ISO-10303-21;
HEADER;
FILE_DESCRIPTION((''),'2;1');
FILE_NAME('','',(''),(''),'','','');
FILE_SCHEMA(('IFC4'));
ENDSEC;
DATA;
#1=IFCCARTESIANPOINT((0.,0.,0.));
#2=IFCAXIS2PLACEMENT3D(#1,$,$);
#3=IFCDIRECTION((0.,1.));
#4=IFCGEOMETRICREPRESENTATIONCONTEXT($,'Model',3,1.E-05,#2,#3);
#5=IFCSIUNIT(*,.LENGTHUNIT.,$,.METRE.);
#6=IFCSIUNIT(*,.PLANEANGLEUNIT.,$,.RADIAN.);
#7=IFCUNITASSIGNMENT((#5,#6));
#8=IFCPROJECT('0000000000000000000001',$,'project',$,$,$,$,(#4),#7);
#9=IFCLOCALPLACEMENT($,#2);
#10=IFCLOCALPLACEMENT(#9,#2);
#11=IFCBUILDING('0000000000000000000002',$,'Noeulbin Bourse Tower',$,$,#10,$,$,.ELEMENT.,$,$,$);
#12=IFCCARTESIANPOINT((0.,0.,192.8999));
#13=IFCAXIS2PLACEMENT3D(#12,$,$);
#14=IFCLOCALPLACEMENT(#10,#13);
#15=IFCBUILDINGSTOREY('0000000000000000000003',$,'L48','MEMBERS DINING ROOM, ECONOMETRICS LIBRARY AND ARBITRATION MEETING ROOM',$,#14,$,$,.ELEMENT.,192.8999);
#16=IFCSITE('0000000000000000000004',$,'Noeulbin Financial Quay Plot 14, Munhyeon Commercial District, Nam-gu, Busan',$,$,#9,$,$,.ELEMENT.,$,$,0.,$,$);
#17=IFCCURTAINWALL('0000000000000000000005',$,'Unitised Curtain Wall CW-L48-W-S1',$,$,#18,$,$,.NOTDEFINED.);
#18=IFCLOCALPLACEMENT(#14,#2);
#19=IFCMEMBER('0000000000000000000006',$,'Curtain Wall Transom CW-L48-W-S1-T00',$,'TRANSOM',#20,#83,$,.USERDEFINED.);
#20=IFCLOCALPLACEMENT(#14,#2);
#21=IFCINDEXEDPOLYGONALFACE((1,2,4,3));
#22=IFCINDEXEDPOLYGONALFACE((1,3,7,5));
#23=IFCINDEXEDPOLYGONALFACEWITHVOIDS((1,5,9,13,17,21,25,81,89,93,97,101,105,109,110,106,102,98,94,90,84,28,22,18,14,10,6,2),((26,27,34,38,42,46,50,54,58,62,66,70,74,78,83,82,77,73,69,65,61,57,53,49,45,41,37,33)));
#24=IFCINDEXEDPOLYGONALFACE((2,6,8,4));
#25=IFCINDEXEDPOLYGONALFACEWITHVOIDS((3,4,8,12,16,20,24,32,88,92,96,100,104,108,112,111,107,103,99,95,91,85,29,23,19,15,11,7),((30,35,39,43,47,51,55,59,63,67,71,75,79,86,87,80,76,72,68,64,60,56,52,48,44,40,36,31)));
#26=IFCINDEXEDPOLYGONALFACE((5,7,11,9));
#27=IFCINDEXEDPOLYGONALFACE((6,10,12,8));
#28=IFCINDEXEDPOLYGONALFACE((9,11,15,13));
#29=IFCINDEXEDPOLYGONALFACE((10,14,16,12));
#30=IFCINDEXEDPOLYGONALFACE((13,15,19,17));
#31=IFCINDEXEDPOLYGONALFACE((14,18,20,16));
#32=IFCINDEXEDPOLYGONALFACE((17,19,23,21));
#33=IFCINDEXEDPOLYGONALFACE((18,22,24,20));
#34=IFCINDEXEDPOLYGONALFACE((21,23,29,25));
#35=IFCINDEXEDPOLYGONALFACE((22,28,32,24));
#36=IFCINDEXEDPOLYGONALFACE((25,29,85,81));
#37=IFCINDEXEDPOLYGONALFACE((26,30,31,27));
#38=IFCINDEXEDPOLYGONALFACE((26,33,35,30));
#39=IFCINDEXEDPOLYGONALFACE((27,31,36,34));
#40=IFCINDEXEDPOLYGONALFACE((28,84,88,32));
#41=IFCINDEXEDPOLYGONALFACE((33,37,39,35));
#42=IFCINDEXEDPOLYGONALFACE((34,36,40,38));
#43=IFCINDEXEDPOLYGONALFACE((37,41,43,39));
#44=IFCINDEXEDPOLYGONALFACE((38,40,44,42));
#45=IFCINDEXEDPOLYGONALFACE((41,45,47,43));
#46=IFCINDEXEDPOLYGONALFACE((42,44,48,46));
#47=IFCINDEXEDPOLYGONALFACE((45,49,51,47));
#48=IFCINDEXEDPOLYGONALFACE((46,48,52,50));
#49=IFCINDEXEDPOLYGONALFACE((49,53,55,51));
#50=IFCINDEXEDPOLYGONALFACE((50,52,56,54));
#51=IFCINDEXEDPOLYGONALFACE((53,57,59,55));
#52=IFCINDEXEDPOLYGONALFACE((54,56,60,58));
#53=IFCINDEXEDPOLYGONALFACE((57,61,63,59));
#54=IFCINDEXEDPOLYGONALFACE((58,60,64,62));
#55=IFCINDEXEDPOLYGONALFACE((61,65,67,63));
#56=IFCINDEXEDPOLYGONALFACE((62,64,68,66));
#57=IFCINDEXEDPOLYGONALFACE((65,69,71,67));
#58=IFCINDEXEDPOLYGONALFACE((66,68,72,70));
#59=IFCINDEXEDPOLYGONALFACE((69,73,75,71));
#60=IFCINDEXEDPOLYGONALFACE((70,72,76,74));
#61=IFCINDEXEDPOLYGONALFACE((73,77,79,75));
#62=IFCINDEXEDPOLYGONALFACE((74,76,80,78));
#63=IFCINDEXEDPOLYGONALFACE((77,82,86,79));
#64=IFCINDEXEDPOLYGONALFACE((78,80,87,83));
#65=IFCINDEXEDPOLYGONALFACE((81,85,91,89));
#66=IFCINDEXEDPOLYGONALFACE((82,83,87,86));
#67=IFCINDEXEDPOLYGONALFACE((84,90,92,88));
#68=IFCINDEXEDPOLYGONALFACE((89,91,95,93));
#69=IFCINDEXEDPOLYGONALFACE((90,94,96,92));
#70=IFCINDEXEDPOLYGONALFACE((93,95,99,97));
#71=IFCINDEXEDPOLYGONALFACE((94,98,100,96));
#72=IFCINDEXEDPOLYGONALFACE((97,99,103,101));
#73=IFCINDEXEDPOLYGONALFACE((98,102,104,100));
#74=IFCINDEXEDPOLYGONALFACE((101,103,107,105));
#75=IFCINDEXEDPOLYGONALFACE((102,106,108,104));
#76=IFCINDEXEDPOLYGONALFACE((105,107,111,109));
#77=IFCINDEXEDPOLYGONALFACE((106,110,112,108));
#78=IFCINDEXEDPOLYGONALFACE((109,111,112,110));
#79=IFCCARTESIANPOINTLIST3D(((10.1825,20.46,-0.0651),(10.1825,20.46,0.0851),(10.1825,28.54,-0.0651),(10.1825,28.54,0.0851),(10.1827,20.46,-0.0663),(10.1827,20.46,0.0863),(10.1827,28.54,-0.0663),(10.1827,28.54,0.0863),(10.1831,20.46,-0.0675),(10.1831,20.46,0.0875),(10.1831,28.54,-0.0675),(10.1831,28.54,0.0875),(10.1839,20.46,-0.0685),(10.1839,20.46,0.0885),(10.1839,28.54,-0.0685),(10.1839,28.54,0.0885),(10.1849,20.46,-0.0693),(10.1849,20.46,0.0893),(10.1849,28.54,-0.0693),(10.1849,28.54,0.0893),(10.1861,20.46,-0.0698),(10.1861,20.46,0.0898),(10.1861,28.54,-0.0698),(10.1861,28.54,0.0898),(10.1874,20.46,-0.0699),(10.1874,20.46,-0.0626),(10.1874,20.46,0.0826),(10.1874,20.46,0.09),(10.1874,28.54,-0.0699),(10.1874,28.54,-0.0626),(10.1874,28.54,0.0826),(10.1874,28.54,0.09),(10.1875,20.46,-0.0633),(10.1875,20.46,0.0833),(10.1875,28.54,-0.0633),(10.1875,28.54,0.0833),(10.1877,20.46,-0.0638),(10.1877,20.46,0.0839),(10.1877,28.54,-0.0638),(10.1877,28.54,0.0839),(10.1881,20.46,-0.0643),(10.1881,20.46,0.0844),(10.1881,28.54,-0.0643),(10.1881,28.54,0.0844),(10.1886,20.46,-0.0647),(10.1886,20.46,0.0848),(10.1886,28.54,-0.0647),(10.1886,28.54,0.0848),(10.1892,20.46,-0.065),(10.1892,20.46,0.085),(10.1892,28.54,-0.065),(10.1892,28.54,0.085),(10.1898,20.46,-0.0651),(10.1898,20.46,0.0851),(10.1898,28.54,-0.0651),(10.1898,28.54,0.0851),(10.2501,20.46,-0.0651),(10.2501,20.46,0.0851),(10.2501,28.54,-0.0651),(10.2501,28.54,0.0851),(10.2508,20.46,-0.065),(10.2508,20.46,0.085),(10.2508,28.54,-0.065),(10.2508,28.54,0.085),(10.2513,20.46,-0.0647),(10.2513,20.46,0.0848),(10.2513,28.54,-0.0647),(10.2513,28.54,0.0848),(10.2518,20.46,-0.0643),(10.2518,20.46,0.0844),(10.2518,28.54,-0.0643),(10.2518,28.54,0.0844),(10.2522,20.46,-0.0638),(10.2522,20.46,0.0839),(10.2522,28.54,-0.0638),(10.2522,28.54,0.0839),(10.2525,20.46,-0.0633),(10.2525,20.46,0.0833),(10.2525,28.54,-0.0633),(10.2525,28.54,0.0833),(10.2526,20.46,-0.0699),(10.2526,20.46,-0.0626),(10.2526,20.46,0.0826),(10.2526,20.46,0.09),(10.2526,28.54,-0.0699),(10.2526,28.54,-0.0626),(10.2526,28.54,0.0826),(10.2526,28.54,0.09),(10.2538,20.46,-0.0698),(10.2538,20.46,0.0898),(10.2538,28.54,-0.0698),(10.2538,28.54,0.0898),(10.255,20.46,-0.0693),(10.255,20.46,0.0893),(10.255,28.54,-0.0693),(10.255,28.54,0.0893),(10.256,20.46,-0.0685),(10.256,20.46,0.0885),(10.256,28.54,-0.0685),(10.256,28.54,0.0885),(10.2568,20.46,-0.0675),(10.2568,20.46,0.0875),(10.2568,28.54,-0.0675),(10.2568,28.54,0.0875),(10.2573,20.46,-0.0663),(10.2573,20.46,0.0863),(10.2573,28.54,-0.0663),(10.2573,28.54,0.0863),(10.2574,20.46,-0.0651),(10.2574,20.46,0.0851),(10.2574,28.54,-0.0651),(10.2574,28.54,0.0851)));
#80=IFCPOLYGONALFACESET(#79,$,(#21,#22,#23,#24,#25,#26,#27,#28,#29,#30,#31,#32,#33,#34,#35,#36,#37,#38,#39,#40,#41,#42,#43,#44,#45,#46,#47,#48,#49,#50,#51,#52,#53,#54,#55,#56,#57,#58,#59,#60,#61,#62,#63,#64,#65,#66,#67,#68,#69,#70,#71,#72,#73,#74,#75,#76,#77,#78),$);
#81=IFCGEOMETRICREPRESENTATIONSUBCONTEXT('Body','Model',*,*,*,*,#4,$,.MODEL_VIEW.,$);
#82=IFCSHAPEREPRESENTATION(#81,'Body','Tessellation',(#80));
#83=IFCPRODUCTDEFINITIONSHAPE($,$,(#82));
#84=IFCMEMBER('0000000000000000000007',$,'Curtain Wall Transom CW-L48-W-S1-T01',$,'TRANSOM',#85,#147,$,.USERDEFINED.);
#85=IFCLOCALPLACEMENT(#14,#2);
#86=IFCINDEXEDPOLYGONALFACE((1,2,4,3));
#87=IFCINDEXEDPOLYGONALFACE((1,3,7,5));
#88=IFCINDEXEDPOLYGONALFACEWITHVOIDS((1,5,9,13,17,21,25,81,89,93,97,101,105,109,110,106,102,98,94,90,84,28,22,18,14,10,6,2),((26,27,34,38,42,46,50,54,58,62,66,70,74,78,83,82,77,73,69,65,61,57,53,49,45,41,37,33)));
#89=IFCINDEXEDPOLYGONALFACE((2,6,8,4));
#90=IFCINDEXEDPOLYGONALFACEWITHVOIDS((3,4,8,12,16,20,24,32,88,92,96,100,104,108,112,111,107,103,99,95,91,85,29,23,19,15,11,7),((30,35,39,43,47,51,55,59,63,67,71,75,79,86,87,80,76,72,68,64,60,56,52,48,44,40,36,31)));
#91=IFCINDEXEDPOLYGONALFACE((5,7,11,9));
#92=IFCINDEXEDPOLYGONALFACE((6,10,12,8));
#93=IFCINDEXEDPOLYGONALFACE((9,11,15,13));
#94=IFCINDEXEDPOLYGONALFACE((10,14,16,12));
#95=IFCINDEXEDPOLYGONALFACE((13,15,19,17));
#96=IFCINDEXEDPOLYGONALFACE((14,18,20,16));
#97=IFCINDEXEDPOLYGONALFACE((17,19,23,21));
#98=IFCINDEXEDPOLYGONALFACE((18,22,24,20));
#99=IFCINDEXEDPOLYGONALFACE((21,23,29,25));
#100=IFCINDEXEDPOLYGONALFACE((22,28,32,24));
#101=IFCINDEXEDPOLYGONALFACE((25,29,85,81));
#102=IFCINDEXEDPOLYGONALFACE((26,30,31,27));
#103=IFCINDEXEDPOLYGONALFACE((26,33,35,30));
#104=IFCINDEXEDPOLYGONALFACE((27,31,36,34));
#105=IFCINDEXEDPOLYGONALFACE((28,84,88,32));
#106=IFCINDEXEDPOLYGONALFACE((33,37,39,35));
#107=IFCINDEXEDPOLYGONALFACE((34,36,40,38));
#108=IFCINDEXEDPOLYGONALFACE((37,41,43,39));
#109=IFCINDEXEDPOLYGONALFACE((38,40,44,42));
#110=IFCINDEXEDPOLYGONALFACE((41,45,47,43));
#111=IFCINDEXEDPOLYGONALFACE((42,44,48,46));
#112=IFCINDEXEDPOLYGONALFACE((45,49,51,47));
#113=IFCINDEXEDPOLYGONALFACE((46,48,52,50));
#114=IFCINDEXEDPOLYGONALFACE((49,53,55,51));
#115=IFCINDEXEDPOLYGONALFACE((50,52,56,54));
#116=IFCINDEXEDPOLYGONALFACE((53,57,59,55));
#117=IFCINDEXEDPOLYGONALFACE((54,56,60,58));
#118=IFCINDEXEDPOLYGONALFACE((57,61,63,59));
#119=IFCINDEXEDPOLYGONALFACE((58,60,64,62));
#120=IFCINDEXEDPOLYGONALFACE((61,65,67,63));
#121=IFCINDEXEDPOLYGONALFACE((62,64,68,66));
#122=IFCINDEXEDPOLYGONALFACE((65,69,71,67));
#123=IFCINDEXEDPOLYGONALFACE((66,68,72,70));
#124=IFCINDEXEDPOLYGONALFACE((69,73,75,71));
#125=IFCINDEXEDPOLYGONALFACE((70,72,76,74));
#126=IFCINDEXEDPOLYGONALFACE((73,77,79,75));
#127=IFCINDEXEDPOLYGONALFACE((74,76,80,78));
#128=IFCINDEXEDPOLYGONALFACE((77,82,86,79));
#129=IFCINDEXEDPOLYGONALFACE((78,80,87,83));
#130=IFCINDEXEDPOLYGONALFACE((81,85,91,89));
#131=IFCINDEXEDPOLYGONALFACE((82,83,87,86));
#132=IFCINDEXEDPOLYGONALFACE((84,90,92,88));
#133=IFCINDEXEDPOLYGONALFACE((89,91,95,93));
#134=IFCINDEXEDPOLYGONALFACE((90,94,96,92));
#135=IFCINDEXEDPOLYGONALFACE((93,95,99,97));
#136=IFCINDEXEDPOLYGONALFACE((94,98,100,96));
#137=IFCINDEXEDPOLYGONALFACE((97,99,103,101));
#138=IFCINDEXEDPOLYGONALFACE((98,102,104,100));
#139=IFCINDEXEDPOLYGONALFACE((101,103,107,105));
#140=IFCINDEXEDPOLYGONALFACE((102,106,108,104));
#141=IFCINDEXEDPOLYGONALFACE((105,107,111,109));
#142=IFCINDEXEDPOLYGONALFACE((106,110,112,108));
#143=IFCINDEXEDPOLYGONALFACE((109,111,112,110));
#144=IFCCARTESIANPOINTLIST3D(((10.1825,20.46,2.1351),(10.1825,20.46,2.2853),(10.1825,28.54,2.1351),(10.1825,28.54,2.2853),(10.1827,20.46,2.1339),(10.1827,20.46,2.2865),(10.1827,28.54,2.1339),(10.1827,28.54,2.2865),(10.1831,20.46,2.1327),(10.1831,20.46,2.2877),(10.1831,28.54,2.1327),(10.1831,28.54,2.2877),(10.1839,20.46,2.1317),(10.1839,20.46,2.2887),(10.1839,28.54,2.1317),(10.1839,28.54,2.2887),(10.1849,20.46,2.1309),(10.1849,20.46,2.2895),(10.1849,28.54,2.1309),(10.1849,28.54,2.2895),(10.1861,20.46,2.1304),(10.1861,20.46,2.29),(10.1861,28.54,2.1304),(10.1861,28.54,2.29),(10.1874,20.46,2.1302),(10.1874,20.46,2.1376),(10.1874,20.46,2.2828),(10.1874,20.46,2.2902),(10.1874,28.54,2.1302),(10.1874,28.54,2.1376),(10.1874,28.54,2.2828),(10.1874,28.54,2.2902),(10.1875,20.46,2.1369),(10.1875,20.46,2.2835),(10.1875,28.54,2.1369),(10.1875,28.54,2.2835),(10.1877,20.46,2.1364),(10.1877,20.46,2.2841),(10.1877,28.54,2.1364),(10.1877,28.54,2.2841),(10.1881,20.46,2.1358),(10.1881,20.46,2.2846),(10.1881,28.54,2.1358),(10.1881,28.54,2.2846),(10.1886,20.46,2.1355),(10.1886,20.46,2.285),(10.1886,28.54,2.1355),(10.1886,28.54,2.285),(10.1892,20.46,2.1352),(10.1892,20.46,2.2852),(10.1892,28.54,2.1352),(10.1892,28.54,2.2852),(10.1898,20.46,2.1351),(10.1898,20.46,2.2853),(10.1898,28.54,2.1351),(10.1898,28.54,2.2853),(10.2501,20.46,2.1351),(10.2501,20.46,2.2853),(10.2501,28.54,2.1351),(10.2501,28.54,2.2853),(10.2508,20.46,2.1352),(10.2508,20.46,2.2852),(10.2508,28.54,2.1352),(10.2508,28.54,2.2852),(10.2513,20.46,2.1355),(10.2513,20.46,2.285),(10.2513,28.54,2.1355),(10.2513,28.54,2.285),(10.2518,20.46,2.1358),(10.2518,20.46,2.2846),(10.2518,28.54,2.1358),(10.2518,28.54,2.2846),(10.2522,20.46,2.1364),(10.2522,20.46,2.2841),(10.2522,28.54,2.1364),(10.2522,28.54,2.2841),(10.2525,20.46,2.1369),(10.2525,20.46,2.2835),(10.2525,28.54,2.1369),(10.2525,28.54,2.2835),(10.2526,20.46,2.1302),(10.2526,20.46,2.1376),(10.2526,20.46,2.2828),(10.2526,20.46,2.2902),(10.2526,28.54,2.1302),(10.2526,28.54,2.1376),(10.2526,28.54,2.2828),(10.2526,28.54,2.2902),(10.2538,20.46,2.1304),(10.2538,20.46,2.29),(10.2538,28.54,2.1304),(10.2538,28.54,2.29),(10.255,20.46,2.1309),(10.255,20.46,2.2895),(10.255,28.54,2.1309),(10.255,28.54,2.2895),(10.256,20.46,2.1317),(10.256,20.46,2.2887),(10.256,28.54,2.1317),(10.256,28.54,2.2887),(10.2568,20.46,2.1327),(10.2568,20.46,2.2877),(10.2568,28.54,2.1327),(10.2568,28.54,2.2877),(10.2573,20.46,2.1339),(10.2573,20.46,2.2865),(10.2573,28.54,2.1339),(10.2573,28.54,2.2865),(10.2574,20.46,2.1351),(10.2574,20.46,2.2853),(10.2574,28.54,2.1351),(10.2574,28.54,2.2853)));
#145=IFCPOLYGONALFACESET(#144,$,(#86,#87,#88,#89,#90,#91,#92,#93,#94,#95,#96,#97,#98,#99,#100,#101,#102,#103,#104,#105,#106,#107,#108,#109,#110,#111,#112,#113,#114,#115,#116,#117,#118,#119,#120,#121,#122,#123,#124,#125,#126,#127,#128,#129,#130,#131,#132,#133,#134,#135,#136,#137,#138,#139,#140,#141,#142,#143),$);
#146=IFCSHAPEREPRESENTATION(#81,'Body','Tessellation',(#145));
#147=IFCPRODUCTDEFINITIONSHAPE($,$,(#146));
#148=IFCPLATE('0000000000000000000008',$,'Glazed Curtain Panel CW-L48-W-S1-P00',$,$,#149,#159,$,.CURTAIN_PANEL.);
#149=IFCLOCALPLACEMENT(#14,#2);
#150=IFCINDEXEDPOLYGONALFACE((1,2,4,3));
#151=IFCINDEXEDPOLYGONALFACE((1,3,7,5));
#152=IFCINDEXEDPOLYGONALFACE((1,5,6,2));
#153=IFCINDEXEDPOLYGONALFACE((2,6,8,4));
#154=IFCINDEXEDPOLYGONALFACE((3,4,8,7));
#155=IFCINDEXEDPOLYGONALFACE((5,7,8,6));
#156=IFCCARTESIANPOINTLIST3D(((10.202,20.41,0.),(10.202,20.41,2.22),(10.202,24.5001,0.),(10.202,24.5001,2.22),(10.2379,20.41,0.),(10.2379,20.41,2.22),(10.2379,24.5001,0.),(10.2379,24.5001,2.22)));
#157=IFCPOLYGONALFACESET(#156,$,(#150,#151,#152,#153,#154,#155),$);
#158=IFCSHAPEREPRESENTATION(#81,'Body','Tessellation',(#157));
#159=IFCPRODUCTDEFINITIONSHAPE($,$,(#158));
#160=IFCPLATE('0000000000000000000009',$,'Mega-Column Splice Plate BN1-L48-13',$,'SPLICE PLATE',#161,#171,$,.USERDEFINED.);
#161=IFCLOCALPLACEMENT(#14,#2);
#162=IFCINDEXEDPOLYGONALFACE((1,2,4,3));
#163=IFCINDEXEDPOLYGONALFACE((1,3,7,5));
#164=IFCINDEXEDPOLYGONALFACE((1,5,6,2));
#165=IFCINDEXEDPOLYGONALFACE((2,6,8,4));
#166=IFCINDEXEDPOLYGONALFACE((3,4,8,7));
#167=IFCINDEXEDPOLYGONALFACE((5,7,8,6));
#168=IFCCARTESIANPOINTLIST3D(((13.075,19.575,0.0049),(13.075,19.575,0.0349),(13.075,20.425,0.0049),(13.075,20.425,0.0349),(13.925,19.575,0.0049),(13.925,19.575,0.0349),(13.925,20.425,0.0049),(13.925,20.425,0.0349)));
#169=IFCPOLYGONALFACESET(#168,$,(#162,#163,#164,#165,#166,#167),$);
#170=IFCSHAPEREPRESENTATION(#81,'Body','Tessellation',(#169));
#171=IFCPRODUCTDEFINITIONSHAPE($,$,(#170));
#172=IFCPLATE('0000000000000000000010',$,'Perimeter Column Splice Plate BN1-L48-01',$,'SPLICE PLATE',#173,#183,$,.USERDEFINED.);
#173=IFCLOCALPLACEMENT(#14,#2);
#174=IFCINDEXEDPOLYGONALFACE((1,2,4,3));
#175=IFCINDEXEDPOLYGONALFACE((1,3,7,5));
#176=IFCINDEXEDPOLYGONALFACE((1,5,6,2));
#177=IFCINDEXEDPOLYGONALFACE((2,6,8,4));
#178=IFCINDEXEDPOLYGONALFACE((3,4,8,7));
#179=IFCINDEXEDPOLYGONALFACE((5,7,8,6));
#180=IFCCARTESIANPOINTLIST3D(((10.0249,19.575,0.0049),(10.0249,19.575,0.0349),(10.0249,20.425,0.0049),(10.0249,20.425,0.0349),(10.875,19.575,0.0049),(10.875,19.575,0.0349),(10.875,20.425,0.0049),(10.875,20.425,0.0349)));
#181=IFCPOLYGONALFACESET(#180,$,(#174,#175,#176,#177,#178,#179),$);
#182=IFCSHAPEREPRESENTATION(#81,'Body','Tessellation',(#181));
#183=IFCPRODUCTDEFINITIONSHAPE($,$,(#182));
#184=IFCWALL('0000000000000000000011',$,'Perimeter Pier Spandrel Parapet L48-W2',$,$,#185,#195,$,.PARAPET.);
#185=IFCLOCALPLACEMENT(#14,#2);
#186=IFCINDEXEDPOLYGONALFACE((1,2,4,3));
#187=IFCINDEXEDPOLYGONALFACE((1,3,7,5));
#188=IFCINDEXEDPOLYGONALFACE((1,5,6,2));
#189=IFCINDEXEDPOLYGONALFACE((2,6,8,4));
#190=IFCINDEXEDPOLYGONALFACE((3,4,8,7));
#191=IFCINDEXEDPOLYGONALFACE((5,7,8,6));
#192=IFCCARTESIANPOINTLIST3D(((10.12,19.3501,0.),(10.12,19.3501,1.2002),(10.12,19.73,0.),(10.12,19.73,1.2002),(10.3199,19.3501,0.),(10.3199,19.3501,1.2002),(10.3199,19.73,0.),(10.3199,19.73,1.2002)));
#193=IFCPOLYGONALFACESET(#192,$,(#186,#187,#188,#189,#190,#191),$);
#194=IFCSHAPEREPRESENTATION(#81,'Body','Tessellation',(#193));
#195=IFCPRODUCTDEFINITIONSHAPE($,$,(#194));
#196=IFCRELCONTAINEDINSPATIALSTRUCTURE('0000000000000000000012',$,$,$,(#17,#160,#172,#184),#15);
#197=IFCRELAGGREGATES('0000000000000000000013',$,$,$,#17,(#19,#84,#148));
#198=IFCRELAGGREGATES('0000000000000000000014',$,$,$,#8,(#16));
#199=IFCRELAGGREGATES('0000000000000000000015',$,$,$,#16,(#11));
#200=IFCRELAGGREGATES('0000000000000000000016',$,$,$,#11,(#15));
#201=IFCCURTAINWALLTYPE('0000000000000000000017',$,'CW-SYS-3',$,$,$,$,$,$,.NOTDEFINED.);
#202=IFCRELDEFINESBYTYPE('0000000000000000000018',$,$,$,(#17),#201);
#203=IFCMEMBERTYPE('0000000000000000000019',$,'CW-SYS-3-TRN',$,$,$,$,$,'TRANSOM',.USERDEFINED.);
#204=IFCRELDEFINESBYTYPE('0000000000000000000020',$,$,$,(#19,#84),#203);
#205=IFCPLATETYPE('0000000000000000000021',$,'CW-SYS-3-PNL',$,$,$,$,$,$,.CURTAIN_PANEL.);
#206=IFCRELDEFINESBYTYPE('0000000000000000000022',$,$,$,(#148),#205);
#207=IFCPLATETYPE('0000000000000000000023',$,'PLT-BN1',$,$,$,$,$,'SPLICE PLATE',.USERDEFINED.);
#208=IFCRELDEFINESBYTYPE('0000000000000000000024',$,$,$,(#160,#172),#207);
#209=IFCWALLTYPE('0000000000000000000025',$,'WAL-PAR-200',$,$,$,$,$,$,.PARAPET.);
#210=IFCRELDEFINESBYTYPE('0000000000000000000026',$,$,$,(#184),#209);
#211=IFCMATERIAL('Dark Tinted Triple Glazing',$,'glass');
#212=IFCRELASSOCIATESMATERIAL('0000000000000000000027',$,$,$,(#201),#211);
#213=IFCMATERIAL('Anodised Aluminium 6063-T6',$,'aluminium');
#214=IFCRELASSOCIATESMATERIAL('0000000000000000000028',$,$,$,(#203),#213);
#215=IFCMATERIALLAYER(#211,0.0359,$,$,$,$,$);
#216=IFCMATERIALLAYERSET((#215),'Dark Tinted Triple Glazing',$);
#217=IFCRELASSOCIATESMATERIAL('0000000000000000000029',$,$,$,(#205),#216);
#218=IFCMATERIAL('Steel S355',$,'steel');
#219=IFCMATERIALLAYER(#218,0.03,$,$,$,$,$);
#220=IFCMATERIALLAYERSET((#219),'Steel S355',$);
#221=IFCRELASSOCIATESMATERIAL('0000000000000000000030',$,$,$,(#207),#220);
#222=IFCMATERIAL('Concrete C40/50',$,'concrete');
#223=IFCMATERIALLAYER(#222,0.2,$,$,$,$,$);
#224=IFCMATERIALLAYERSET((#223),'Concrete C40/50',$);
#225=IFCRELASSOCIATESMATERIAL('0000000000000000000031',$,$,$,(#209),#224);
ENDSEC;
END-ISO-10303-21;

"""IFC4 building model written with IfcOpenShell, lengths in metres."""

from ifc_helpers import new_model, si_unit, direction, frame, frame_2d, origin, origin_2d, place, context, subcontext, project, spatial, rectangle, hollow_rectangle, extrude, material, layer, layer_set, material_profile, profile_set, type_object, element, aggregate, save


model = new_model("IFC4")

# Units and contexts
model_context = context("Model", 3, precision=1e-05, world=origin(), true_north=direction((0.0, 1.0)))
body_context = subcontext(model_context, "Body", "Model", "MODEL_VIEW")
ifc_project = project(units=[si_unit("LENGTHUNIT", "METRE"), si_unit("PLANEANGLEUNIT", "RADIAN")], contexts=[model_context])

# Site, building, storey
site_placement = place(None, origin())
site = spatial("IfcSite", under=ifc_project, at=site_placement, Name="Noeulbin Financial Quay Plot 14, Munhyeon Commercial District, Nam-gu, Busan", CompositionType="ELEMENT", RefElevation=0.0)
building_placement = place(site_placement, origin())
building = spatial("IfcBuilding", under=site, at=building_placement, Name="Noeulbin Bourse Tower", CompositionType="ELEMENT")
storey_placement = place(building_placement, frame((0.0, 0.0, 192.8999)))
storey = spatial("IfcBuildingStorey", under=building, at=storey_placement, Name="L48", Description="MEMBERS DINING ROOM, ECONOMETRICS LIBRARY AND ARBITRATION MEETING ROOM", CompositionType="ELEMENT", Elevation=192.8999)

# Shared definitions
ifc_material_1 = material(Name="Steel S355", Category="steel")

# Curtain wall, members, plate
ifc_material_2 = material(Name="Dark Tinted Triple Glazing", Category="glass")
curtain_wall_type = type_object("IfcCurtainWallType", Name="CW-SYS-3", PredefinedType="NOTDEFINED", material=ifc_material_2)
curtain_wall_placement = place(storey_placement, origin())
curtain_wall = element("IfcCurtainWall", 1, at=curtain_wall_placement, inside=storey, type_object=curtain_wall_type, Name="Unitised Curtain Wall CW-L48-W-S1", PredefinedType="NOTDEFINED")
ifc_material_3 = material(Name="Anodised Aluminium 6063-T6", Category="aluminium")
ifc_material_profile_1 = material_profile(ifc_material_3, hollow_rectangle(XDim=0.075, YDim=0.1599, WallThickness=0.0049, InnerFilletRadius=0.0024, OuterFilletRadius=0.0049, at=origin_2d()), Name="ALU-TRAN-75x160x5", Category="LoadBearing")
ifc_profile_set_1 = profile_set([ifc_material_profile_1], Name="Anodised Aluminium 6063-T6")
member_type_1 = type_object("IfcMemberType", Name="CW-SYS-3-TRN", ElementType="TRANSOM", PredefinedType="USERDEFINED", material=ifc_profile_set_1)
member_1_placement = place(storey_placement, frame((10.22, 20.46, 0.01), z_axis=(0.0, 1.0, 0.0), x_axis=(-1.0, 0.0, 0.0)))
member_1 = element("IfcMember", 2, at=member_1_placement, type_object=member_type_1, Name="Curtain Wall Transom CW-L48-W-S1-T00", ObjectType="TRANSOM", PredefinedType="USERDEFINED", context=body_context, shape_type="SweptSolid", body=[
    extrude(hollow_rectangle(XDim=0.075, YDim=0.1599, WallThickness=0.0049, InnerFilletRadius=0.0024, OuterFilletRadius=0.0049, at=origin_2d()), origin(), (0.0, 0.0, 1.0), 8.0801),
])
member_2_placement = place(storey_placement, frame((10.22, 20.46, 2.2102), z_axis=(0.0, 1.0, 0.0), x_axis=(-1.0, 0.0, 0.0)))
member_2 = element("IfcMember", 3, at=member_2_placement, type_object=member_type_1, Name="Curtain Wall Transom CW-L48-W-S1-T01", ObjectType="TRANSOM", PredefinedType="USERDEFINED", context=body_context, shape_type="SweptSolid", body=[
    extrude(hollow_rectangle(XDim=0.075, YDim=0.1599, WallThickness=0.0049, InnerFilletRadius=0.0024, OuterFilletRadius=0.0049, at=origin_2d()), origin(), (0.0, 0.0, 1.0), 8.0801),
])
ifc_layer_1 = layer(ifc_material_2, 0.0359)
ifc_layer_set_1 = layer_set([ifc_layer_1], Name="Dark Tinted Triple Glazing")
plate_type_1 = type_object("IfcPlateType", Name="CW-SYS-3-PNL", PredefinedType="CURTAIN_PANEL", material=ifc_layer_set_1)
plate_placement = place(storey_placement, frame((10.22, 22.4551, 0.0), z_axis=(0.0, 0.0, 1.0), x_axis=(0.0, 1.0, 0.0)))
plate = element("IfcPlate", 4, at=plate_placement, type_object=plate_type_1, Name="Glazed Curtain Panel CW-L48-W-S1-P00", PredefinedType="CURTAIN_PANEL", context=body_context, shape_type="SweptSolid", body=[
    extrude(rectangle(XDim=4.0901, YDim=0.0359, at=origin_2d()), origin(), (0.0, 0.0, 1.0), 2.22),
])
aggregate(curtain_wall, [member_1, member_2, plate])

# Plates
ifc_layer_2 = layer(ifc_material_1, 0.03)
ifc_layer_set_2 = layer_set([ifc_layer_2], Name="Steel S355")
plate_type_2 = type_object("IfcPlateType", Name="PLT-BN1", ElementType="SPLICE PLATE", PredefinedType="USERDEFINED", material=ifc_layer_set_2)
for number, where, z_axis, x_axis, name in (
    (5, (13.5, 20.0, 0.0049), (0.0, 0.0, 1.0), (1.0, 0.0, 0.0), "Mega-Column Splice Plate BN1-L48-13"),
    (6, (10.45, 20.0, 0.0049), (0.0, 0.0, 1.0), (1.0, 0.0, 0.0), "Perimeter Column Splice Plate BN1-L48-01"),
):
    element("IfcPlate", number, at=place(storey_placement, frame(where, z_axis=z_axis, x_axis=x_axis)), inside=storey, type_object=plate_type_2, Name=name, ObjectType="SPLICE PLATE", PredefinedType="USERDEFINED", context=body_context, shape_type="SweptSolid", body=[
        extrude(rectangle(XDim=0.8501, YDim=0.8501, at=origin_2d()), origin(), (0.0, 0.0, 1.0), 0.03),
    ])

# Wall
ifc_material_4 = material(Name="Concrete C40/50", Category="concrete")
ifc_layer_3 = layer(ifc_material_4, 0.2)
ifc_layer_set_3 = layer_set([ifc_layer_3], Name="Concrete C40/50")
wall_type_1 = type_object("IfcWallType", Name="WAL-PAR-200", PredefinedType="PARAPET", material=ifc_layer_set_3)
wall_1_placement = place(storey_placement, frame((10.22, 19.3501, 0.0), z_axis=(0.0, 0.0, 1.0), x_axis=(0.0, 1.0, 0.0)))
element("IfcWall", 7, at=wall_1_placement, inside=storey, type_object=wall_type_1, Name="Perimeter Pier Spandrel Parapet L48-W2", PredefinedType="PARAPET", context=body_context, shape_type="SweptSolid", body=[
    extrude(rectangle(XDim=0.3799, YDim=0.2, at=frame_2d((0.1899, 0.0))), origin(), (0.0, 0.0, 1.0), 1.2002),
])

save(model, "model.ifc")
